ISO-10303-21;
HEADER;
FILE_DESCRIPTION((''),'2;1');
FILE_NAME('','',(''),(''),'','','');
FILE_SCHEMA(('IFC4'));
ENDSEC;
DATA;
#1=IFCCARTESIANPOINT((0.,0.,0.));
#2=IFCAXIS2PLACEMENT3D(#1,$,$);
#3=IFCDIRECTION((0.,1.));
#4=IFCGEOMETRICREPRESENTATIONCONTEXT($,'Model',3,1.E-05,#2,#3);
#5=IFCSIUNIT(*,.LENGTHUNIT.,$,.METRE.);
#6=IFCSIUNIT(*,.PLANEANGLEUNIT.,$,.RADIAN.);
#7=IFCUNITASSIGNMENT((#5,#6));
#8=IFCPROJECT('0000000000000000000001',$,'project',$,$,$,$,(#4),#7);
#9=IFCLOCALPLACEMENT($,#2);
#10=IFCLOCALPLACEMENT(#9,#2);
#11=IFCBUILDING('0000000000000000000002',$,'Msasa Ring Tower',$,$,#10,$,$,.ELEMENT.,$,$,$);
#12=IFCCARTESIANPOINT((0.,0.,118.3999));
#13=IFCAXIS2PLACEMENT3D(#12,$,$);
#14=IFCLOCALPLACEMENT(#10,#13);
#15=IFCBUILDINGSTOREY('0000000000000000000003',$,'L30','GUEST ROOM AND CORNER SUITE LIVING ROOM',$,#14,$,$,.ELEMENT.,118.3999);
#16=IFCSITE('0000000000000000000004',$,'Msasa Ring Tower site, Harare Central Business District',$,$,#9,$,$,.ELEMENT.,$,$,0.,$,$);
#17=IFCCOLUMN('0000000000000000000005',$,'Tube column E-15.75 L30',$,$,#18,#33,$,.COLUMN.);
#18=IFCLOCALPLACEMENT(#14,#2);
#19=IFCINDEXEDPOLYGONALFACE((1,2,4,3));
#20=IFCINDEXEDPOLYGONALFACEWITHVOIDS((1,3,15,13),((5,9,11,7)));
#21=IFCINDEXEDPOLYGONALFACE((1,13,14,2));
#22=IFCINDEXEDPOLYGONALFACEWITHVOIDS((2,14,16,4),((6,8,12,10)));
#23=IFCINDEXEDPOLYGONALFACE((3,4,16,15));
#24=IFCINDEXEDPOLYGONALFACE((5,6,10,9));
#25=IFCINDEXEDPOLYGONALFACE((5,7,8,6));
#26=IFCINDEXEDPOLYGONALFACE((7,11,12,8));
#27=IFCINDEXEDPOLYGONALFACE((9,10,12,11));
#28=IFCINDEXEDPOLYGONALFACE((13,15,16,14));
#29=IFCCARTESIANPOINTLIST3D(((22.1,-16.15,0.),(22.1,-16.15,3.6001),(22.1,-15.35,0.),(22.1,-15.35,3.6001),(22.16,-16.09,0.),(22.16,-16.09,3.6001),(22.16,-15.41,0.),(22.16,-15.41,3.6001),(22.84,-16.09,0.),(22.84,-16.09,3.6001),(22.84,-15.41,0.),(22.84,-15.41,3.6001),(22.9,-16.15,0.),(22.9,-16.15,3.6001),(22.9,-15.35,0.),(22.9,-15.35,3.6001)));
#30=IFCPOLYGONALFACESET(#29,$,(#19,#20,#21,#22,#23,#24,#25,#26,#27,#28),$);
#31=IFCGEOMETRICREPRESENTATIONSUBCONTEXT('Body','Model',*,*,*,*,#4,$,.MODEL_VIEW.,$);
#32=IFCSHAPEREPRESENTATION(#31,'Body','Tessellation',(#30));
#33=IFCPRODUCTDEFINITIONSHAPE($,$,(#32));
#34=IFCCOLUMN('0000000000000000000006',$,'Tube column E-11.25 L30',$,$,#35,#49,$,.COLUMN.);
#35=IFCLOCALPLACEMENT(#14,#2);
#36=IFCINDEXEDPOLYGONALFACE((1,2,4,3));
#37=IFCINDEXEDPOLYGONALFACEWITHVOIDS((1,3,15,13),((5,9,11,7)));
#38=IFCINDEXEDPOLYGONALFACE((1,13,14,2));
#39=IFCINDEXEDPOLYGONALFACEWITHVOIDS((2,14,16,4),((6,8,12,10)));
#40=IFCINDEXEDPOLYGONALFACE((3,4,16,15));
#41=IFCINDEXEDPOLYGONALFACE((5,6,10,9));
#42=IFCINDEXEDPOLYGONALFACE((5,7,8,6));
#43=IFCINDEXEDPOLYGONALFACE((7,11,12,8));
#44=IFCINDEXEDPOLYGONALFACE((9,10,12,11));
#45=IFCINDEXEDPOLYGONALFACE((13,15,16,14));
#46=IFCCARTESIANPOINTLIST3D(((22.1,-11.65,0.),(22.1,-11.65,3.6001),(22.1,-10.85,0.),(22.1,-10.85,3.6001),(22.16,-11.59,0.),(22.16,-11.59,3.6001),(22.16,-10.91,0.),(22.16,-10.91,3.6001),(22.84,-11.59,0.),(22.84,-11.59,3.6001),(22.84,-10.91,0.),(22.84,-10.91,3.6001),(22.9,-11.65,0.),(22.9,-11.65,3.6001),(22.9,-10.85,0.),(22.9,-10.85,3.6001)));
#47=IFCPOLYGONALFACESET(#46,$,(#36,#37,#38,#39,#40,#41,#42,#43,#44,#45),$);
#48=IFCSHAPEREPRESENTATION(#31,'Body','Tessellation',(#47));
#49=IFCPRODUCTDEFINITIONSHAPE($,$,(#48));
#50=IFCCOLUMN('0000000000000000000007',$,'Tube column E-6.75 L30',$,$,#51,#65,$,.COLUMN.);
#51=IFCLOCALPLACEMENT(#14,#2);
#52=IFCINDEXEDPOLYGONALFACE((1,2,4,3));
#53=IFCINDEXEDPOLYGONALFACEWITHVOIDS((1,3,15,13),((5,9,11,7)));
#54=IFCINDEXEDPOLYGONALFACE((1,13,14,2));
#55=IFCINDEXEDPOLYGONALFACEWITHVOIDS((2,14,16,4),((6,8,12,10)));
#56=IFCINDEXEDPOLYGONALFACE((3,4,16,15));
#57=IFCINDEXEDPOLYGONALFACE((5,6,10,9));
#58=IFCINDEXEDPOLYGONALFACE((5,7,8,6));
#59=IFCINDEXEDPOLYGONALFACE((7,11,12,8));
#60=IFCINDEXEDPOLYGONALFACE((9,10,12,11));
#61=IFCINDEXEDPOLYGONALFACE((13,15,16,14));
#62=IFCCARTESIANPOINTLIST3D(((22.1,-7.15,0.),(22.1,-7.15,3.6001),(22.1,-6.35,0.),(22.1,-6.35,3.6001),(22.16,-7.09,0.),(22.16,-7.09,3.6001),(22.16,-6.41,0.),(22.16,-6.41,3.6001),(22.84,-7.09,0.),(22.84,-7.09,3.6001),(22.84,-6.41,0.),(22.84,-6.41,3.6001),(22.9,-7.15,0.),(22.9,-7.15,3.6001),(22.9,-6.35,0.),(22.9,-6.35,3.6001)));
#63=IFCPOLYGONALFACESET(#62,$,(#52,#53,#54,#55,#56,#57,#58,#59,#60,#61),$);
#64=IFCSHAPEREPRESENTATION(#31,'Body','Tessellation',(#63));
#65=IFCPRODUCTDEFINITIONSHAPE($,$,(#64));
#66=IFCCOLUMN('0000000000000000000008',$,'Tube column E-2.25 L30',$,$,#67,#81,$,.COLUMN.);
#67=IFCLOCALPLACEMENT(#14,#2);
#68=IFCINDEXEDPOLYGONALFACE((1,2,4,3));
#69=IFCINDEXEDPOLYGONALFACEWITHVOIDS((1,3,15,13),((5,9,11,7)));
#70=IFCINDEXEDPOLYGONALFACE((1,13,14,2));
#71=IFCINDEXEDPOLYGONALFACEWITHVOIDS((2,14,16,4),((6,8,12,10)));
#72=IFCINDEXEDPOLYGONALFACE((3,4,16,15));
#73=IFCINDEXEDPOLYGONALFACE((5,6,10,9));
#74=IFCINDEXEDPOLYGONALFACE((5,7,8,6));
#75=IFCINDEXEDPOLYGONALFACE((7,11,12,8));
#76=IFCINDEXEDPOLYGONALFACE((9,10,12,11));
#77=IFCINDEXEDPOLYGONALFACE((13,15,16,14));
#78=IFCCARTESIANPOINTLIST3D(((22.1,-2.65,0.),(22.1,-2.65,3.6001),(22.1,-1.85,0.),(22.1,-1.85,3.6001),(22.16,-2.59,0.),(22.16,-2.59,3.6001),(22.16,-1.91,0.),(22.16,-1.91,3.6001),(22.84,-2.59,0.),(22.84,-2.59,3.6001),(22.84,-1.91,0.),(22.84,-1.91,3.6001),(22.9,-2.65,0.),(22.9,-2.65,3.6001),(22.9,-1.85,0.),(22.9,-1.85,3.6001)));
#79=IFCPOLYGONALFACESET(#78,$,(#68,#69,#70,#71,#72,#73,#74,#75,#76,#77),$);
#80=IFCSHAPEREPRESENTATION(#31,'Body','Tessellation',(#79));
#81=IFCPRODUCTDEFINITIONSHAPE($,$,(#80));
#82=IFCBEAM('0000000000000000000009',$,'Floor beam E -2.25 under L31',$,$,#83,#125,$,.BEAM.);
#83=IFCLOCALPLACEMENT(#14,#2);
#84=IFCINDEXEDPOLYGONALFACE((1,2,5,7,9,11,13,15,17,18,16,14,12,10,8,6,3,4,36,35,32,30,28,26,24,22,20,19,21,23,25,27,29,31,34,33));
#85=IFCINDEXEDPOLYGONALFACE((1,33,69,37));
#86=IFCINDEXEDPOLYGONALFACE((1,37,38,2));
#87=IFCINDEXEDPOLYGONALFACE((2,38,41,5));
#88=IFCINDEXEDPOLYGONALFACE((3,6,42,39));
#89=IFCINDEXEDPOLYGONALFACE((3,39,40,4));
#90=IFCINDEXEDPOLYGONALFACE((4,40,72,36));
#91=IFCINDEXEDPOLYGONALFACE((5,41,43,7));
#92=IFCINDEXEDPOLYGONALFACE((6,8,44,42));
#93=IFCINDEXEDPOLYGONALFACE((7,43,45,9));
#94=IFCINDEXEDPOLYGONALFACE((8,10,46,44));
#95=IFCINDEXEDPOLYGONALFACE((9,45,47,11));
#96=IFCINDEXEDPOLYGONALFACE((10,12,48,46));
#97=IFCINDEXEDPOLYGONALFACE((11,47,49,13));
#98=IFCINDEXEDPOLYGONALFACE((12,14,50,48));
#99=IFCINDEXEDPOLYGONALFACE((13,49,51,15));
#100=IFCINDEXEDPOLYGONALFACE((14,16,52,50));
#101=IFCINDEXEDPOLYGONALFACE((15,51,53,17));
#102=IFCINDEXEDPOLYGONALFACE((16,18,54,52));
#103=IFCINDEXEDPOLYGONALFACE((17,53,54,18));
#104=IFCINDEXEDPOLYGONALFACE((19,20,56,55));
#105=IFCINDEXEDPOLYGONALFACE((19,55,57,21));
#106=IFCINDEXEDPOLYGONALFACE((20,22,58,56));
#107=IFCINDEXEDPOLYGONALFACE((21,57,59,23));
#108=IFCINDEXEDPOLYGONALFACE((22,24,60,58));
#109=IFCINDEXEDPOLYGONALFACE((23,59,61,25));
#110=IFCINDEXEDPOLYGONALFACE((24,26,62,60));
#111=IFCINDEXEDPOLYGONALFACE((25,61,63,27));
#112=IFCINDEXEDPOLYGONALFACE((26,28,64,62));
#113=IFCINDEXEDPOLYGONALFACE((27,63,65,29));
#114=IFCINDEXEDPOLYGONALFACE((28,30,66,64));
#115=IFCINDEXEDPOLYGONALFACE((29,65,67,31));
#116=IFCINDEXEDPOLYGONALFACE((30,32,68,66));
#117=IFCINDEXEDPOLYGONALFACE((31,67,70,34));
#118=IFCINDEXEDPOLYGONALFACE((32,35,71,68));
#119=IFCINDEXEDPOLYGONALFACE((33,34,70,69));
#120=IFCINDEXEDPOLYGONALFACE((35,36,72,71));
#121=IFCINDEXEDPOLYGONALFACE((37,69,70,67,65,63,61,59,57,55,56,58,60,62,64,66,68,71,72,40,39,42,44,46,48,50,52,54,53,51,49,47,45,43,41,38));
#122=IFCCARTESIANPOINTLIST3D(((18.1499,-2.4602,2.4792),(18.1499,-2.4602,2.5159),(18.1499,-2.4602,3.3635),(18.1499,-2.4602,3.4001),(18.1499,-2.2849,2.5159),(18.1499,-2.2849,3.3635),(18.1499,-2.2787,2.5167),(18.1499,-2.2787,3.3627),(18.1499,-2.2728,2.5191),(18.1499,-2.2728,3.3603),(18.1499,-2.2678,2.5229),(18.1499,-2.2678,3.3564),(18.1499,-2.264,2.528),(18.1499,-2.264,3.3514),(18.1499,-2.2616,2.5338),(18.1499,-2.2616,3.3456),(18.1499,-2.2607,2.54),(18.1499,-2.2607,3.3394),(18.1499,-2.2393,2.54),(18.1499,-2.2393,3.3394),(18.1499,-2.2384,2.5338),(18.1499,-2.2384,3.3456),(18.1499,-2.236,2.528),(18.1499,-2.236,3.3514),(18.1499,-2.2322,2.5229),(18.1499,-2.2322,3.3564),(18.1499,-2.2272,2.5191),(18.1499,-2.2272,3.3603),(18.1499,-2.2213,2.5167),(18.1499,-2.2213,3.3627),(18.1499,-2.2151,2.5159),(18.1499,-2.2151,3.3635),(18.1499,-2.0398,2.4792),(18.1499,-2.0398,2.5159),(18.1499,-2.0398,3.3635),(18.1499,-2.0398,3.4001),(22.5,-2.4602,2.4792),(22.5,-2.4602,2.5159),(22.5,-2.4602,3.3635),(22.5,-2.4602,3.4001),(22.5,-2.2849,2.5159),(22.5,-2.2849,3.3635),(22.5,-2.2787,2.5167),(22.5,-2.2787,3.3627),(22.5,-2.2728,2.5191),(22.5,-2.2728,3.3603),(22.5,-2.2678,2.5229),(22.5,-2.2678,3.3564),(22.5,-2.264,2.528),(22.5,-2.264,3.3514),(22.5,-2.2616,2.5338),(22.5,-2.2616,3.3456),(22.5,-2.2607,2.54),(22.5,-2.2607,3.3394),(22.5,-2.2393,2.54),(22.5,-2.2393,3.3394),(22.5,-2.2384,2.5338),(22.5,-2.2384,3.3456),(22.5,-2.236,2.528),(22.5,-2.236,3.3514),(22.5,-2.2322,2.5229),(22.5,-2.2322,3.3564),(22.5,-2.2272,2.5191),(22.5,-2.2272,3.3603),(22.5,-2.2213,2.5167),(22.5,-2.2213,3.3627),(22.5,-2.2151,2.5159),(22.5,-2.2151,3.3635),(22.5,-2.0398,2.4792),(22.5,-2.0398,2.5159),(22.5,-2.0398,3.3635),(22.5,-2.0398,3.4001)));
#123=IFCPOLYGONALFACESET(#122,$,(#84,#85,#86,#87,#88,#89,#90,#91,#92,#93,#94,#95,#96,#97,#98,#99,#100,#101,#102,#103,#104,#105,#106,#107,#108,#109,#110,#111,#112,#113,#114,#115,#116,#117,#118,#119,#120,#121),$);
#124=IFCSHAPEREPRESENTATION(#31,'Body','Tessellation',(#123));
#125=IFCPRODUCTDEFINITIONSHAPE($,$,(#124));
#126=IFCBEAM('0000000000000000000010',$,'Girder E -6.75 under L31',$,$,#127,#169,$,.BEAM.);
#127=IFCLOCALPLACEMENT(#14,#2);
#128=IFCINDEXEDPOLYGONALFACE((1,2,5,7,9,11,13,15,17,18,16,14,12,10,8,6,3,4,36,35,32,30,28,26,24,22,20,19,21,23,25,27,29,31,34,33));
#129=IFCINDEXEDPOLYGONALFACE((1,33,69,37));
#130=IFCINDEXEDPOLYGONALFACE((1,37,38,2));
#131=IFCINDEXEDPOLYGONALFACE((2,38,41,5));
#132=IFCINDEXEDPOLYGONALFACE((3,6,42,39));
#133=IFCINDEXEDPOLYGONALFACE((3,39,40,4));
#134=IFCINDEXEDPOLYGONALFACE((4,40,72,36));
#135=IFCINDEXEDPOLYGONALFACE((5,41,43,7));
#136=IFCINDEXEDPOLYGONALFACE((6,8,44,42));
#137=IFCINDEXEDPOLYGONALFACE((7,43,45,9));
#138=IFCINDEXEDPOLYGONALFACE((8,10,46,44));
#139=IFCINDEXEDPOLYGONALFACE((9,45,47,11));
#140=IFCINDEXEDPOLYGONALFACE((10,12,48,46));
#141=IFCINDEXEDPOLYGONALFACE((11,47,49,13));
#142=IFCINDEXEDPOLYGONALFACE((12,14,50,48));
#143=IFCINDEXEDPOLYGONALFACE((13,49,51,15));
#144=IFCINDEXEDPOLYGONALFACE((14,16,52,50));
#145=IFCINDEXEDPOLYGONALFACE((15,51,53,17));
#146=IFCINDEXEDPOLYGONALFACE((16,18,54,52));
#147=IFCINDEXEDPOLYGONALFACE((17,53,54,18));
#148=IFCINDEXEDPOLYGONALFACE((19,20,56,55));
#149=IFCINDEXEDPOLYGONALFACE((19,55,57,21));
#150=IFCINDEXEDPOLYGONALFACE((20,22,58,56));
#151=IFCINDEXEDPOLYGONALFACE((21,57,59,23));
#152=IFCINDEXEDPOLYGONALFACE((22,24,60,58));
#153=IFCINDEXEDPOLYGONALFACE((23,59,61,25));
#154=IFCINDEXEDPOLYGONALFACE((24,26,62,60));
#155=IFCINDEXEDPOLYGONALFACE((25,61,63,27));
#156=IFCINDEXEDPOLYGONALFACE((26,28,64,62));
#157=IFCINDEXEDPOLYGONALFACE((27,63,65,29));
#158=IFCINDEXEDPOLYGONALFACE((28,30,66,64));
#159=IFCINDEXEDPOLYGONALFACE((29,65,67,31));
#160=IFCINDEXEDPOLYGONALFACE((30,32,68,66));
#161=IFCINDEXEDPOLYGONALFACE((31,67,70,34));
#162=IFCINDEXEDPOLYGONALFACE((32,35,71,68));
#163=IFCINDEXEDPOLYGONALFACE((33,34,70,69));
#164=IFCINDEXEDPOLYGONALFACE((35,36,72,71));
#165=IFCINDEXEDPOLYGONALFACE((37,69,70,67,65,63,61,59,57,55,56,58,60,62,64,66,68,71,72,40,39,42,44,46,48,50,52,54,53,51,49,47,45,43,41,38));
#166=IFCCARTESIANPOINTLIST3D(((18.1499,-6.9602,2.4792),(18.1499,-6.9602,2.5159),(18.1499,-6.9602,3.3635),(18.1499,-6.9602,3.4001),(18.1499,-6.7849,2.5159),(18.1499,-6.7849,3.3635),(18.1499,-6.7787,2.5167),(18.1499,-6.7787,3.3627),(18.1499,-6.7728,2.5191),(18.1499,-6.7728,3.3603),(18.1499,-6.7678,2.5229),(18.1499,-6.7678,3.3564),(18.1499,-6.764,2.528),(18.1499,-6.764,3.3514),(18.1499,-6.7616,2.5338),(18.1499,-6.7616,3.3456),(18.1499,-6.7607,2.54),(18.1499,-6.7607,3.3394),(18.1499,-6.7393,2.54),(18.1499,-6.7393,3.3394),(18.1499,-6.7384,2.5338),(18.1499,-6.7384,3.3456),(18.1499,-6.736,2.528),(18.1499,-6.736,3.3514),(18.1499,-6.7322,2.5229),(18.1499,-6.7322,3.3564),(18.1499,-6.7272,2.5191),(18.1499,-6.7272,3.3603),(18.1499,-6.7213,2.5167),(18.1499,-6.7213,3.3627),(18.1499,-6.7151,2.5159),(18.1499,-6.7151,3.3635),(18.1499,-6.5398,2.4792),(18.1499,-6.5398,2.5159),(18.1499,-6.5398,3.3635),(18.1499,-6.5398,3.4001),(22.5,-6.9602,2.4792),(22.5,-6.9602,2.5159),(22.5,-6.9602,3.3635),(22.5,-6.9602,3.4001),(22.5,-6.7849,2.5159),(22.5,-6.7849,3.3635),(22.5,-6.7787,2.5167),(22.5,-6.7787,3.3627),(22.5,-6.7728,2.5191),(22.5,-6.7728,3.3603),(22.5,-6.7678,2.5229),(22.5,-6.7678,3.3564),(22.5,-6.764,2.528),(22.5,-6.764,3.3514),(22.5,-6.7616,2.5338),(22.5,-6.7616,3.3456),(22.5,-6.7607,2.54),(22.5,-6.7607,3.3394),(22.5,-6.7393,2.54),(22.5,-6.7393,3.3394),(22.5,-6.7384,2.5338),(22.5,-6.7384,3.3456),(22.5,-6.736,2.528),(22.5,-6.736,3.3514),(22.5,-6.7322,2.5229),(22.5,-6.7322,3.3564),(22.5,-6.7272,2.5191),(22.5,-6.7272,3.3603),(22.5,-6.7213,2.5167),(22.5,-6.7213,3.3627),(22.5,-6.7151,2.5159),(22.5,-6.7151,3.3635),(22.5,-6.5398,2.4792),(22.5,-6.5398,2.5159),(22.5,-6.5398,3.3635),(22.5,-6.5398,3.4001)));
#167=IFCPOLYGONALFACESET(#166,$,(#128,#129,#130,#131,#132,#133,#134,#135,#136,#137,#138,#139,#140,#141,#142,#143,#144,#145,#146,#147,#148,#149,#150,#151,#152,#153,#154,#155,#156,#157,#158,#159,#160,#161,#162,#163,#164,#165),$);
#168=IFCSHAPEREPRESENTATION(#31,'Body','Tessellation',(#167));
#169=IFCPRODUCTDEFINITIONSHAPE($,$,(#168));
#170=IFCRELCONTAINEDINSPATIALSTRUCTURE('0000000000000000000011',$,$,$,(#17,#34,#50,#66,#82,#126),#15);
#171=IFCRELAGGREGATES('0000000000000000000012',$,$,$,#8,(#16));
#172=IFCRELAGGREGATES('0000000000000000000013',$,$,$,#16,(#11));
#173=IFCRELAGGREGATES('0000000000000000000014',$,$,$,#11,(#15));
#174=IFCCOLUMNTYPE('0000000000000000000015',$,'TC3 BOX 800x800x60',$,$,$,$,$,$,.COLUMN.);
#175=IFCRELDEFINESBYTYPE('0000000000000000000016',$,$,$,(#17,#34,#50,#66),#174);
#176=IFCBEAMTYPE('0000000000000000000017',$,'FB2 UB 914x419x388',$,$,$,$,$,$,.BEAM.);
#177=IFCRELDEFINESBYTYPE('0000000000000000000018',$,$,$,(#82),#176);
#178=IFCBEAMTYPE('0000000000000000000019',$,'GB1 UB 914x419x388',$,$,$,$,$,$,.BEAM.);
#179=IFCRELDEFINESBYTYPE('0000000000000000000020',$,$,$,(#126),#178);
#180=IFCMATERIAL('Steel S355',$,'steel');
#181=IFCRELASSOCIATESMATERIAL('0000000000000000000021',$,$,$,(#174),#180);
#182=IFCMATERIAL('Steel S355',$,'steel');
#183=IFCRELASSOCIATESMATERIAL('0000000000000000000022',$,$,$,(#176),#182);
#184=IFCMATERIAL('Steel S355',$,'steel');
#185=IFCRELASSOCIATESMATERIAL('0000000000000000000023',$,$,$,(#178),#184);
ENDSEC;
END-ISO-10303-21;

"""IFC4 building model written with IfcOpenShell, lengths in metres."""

from ifc_helpers import new_model, si_unit, direction, frame, origin, origin_2d, place, context, subcontext, project, spatial, hollow_rectangle, i_section, extrude, material, material_profile, profile_set, type_object, element, save


model = new_model("IFC4")

# Units and contexts
model_context = context("Model", 3, precision=1e-05, world=origin(), true_north=direction((0.0, 1.0)))
body_context = subcontext(model_context, "Body", "Model", "MODEL_VIEW")
ifc_project = project(units=[si_unit("LENGTHUNIT", "METRE"), si_unit("PLANEANGLEUNIT", "RADIAN")], contexts=[model_context])

# Site, building, storey
site_placement = place(None, origin())
site = spatial("IfcSite", under=ifc_project, at=site_placement, Name="Msasa Ring Tower site, Harare Central Business District", CompositionType="ELEMENT", RefElevation=0.0)
building_placement = place(site_placement, origin())
building = spatial("IfcBuilding", under=site, at=building_placement, Name="Msasa Ring Tower", CompositionType="ELEMENT")
storey_placement = place(building_placement, frame((0.0, 0.0, 118.3999)))
storey = spatial("IfcBuildingStorey", under=building, at=storey_placement, Name="L30", Description="GUEST ROOM AND CORNER SUITE LIVING ROOM", CompositionType="ELEMENT", Elevation=118.3999)

# Columns
ifc_material_1 = material(Name="Steel S355", Category="steel")
ifc_material_profile_1 = material_profile(ifc_material_1, hollow_rectangle(XDim=0.8, YDim=0.8, WallThickness=0.0601, at=origin_2d()), Name="BOX 800x800x60")
ifc_profile_set_1 = profile_set([ifc_material_profile_1], Name="Steel S355")
column_type = type_object("IfcColumnType", Name="TC3 BOX 800x800x60", PredefinedType="COLUMN", material=ifc_profile_set_1)
for number, where, z_axis, x_axis, name in (
    (1, (22.5, -15.75, 0.0), (0.0, 0.0, 1.0), (1.0, 0.0, 0.0), "Tube column E-15.75 L30"),
    (2, (22.5, -11.25, 0.0), (0.0, 0.0, 1.0), (1.0, 0.0, 0.0), "Tube column E-11.25 L30"),
    (3, (22.5, -6.75, 0.0), (0.0, 0.0, 1.0), (1.0, 0.0, 0.0), "Tube column E-6.75 L30"),
    (4, (22.5, -2.25, 0.0), (0.0, 0.0, 1.0), (1.0, 0.0, 0.0), "Tube column E-2.25 L30"),
):
    element("IfcColumn", number, at=place(storey_placement, frame(where, z_axis=z_axis, x_axis=x_axis)), inside=storey, type_object=column_type, Name=name, PredefinedType="COLUMN", context=body_context, shape_type="SweptSolid", body=[
        extrude(hollow_rectangle(XDim=0.8, YDim=0.8, WallThickness=0.0601, at=origin_2d()), origin(), (0.0, 0.0, 1.0), 3.6001),
    ])

# Beams
ifc_material_2 = material(Name="Steel S355", Category="steel")
ifc_material_profile_2 = material_profile(ifc_material_2, i_section(OverallWidth=0.4204, OverallDepth=0.9209, WebThickness=0.0215, FlangeThickness=0.0366, FilletRadius=0.0242, at=origin_2d()), Name="UB 914x419x388")
ifc_profile_set_2 = profile_set([ifc_material_profile_2], Name="Steel S355")
beam_type_1 = type_object("IfcBeamType", Name="FB2 UB 914x419x388", PredefinedType="BEAM", material=ifc_profile_set_2)
beam_1_placement = place(storey_placement, frame((22.5, -2.25, 2.9397), z_axis=(-1.0, 0.0, 0.0), x_axis=(0.0, -1.0, 0.0)))
element("IfcBeam", 5, at=beam_1_placement, inside=storey, type_object=beam_type_1, Name="Floor beam E -2.25 under L31", PredefinedType="BEAM", context=body_context, shape_type="SweptSolid", body=[
    extrude(i_section(OverallWidth=0.4204, OverallDepth=0.9209, WebThickness=0.0215, FlangeThickness=0.0366, FilletRadius=0.0242, at=origin_2d()), origin(), (0.0, 0.0, 1.0), 4.3501),
])
ifc_material_3 = material(Name="Steel S355", Category="steel")
ifc_material_profile_3 = material_profile(ifc_material_3, i_section(OverallWidth=0.4204, OverallDepth=0.9209, WebThickness=0.0215, FlangeThickness=0.0366, FilletRadius=0.0242, at=origin_2d()), Name="UB 914x419x388")
ifc_profile_set_3 = profile_set([ifc_material_profile_3], Name="Steel S355")
beam_type_2 = type_object("IfcBeamType", Name="GB1 UB 914x419x388", PredefinedType="BEAM", material=ifc_profile_set_3)
beam_2_placement = place(storey_placement, frame((18.1499, -6.75, 2.9397), z_axis=(1.0, 0.0, 0.0), x_axis=(0.0, 1.0, 0.0)))
element("IfcBeam", 6, at=beam_2_placement, inside=storey, type_object=beam_type_2, Name="Girder E -6.75 under L31", PredefinedType="BEAM", context=body_context, shape_type="SweptSolid", body=[
    extrude(i_section(OverallWidth=0.4204, OverallDepth=0.9209, WebThickness=0.0215, FlangeThickness=0.0366, FilletRadius=0.0242, at=origin_2d()), origin(), (0.0, 0.0, 1.0), 4.3501),
])

save(model, "model.ifc")
